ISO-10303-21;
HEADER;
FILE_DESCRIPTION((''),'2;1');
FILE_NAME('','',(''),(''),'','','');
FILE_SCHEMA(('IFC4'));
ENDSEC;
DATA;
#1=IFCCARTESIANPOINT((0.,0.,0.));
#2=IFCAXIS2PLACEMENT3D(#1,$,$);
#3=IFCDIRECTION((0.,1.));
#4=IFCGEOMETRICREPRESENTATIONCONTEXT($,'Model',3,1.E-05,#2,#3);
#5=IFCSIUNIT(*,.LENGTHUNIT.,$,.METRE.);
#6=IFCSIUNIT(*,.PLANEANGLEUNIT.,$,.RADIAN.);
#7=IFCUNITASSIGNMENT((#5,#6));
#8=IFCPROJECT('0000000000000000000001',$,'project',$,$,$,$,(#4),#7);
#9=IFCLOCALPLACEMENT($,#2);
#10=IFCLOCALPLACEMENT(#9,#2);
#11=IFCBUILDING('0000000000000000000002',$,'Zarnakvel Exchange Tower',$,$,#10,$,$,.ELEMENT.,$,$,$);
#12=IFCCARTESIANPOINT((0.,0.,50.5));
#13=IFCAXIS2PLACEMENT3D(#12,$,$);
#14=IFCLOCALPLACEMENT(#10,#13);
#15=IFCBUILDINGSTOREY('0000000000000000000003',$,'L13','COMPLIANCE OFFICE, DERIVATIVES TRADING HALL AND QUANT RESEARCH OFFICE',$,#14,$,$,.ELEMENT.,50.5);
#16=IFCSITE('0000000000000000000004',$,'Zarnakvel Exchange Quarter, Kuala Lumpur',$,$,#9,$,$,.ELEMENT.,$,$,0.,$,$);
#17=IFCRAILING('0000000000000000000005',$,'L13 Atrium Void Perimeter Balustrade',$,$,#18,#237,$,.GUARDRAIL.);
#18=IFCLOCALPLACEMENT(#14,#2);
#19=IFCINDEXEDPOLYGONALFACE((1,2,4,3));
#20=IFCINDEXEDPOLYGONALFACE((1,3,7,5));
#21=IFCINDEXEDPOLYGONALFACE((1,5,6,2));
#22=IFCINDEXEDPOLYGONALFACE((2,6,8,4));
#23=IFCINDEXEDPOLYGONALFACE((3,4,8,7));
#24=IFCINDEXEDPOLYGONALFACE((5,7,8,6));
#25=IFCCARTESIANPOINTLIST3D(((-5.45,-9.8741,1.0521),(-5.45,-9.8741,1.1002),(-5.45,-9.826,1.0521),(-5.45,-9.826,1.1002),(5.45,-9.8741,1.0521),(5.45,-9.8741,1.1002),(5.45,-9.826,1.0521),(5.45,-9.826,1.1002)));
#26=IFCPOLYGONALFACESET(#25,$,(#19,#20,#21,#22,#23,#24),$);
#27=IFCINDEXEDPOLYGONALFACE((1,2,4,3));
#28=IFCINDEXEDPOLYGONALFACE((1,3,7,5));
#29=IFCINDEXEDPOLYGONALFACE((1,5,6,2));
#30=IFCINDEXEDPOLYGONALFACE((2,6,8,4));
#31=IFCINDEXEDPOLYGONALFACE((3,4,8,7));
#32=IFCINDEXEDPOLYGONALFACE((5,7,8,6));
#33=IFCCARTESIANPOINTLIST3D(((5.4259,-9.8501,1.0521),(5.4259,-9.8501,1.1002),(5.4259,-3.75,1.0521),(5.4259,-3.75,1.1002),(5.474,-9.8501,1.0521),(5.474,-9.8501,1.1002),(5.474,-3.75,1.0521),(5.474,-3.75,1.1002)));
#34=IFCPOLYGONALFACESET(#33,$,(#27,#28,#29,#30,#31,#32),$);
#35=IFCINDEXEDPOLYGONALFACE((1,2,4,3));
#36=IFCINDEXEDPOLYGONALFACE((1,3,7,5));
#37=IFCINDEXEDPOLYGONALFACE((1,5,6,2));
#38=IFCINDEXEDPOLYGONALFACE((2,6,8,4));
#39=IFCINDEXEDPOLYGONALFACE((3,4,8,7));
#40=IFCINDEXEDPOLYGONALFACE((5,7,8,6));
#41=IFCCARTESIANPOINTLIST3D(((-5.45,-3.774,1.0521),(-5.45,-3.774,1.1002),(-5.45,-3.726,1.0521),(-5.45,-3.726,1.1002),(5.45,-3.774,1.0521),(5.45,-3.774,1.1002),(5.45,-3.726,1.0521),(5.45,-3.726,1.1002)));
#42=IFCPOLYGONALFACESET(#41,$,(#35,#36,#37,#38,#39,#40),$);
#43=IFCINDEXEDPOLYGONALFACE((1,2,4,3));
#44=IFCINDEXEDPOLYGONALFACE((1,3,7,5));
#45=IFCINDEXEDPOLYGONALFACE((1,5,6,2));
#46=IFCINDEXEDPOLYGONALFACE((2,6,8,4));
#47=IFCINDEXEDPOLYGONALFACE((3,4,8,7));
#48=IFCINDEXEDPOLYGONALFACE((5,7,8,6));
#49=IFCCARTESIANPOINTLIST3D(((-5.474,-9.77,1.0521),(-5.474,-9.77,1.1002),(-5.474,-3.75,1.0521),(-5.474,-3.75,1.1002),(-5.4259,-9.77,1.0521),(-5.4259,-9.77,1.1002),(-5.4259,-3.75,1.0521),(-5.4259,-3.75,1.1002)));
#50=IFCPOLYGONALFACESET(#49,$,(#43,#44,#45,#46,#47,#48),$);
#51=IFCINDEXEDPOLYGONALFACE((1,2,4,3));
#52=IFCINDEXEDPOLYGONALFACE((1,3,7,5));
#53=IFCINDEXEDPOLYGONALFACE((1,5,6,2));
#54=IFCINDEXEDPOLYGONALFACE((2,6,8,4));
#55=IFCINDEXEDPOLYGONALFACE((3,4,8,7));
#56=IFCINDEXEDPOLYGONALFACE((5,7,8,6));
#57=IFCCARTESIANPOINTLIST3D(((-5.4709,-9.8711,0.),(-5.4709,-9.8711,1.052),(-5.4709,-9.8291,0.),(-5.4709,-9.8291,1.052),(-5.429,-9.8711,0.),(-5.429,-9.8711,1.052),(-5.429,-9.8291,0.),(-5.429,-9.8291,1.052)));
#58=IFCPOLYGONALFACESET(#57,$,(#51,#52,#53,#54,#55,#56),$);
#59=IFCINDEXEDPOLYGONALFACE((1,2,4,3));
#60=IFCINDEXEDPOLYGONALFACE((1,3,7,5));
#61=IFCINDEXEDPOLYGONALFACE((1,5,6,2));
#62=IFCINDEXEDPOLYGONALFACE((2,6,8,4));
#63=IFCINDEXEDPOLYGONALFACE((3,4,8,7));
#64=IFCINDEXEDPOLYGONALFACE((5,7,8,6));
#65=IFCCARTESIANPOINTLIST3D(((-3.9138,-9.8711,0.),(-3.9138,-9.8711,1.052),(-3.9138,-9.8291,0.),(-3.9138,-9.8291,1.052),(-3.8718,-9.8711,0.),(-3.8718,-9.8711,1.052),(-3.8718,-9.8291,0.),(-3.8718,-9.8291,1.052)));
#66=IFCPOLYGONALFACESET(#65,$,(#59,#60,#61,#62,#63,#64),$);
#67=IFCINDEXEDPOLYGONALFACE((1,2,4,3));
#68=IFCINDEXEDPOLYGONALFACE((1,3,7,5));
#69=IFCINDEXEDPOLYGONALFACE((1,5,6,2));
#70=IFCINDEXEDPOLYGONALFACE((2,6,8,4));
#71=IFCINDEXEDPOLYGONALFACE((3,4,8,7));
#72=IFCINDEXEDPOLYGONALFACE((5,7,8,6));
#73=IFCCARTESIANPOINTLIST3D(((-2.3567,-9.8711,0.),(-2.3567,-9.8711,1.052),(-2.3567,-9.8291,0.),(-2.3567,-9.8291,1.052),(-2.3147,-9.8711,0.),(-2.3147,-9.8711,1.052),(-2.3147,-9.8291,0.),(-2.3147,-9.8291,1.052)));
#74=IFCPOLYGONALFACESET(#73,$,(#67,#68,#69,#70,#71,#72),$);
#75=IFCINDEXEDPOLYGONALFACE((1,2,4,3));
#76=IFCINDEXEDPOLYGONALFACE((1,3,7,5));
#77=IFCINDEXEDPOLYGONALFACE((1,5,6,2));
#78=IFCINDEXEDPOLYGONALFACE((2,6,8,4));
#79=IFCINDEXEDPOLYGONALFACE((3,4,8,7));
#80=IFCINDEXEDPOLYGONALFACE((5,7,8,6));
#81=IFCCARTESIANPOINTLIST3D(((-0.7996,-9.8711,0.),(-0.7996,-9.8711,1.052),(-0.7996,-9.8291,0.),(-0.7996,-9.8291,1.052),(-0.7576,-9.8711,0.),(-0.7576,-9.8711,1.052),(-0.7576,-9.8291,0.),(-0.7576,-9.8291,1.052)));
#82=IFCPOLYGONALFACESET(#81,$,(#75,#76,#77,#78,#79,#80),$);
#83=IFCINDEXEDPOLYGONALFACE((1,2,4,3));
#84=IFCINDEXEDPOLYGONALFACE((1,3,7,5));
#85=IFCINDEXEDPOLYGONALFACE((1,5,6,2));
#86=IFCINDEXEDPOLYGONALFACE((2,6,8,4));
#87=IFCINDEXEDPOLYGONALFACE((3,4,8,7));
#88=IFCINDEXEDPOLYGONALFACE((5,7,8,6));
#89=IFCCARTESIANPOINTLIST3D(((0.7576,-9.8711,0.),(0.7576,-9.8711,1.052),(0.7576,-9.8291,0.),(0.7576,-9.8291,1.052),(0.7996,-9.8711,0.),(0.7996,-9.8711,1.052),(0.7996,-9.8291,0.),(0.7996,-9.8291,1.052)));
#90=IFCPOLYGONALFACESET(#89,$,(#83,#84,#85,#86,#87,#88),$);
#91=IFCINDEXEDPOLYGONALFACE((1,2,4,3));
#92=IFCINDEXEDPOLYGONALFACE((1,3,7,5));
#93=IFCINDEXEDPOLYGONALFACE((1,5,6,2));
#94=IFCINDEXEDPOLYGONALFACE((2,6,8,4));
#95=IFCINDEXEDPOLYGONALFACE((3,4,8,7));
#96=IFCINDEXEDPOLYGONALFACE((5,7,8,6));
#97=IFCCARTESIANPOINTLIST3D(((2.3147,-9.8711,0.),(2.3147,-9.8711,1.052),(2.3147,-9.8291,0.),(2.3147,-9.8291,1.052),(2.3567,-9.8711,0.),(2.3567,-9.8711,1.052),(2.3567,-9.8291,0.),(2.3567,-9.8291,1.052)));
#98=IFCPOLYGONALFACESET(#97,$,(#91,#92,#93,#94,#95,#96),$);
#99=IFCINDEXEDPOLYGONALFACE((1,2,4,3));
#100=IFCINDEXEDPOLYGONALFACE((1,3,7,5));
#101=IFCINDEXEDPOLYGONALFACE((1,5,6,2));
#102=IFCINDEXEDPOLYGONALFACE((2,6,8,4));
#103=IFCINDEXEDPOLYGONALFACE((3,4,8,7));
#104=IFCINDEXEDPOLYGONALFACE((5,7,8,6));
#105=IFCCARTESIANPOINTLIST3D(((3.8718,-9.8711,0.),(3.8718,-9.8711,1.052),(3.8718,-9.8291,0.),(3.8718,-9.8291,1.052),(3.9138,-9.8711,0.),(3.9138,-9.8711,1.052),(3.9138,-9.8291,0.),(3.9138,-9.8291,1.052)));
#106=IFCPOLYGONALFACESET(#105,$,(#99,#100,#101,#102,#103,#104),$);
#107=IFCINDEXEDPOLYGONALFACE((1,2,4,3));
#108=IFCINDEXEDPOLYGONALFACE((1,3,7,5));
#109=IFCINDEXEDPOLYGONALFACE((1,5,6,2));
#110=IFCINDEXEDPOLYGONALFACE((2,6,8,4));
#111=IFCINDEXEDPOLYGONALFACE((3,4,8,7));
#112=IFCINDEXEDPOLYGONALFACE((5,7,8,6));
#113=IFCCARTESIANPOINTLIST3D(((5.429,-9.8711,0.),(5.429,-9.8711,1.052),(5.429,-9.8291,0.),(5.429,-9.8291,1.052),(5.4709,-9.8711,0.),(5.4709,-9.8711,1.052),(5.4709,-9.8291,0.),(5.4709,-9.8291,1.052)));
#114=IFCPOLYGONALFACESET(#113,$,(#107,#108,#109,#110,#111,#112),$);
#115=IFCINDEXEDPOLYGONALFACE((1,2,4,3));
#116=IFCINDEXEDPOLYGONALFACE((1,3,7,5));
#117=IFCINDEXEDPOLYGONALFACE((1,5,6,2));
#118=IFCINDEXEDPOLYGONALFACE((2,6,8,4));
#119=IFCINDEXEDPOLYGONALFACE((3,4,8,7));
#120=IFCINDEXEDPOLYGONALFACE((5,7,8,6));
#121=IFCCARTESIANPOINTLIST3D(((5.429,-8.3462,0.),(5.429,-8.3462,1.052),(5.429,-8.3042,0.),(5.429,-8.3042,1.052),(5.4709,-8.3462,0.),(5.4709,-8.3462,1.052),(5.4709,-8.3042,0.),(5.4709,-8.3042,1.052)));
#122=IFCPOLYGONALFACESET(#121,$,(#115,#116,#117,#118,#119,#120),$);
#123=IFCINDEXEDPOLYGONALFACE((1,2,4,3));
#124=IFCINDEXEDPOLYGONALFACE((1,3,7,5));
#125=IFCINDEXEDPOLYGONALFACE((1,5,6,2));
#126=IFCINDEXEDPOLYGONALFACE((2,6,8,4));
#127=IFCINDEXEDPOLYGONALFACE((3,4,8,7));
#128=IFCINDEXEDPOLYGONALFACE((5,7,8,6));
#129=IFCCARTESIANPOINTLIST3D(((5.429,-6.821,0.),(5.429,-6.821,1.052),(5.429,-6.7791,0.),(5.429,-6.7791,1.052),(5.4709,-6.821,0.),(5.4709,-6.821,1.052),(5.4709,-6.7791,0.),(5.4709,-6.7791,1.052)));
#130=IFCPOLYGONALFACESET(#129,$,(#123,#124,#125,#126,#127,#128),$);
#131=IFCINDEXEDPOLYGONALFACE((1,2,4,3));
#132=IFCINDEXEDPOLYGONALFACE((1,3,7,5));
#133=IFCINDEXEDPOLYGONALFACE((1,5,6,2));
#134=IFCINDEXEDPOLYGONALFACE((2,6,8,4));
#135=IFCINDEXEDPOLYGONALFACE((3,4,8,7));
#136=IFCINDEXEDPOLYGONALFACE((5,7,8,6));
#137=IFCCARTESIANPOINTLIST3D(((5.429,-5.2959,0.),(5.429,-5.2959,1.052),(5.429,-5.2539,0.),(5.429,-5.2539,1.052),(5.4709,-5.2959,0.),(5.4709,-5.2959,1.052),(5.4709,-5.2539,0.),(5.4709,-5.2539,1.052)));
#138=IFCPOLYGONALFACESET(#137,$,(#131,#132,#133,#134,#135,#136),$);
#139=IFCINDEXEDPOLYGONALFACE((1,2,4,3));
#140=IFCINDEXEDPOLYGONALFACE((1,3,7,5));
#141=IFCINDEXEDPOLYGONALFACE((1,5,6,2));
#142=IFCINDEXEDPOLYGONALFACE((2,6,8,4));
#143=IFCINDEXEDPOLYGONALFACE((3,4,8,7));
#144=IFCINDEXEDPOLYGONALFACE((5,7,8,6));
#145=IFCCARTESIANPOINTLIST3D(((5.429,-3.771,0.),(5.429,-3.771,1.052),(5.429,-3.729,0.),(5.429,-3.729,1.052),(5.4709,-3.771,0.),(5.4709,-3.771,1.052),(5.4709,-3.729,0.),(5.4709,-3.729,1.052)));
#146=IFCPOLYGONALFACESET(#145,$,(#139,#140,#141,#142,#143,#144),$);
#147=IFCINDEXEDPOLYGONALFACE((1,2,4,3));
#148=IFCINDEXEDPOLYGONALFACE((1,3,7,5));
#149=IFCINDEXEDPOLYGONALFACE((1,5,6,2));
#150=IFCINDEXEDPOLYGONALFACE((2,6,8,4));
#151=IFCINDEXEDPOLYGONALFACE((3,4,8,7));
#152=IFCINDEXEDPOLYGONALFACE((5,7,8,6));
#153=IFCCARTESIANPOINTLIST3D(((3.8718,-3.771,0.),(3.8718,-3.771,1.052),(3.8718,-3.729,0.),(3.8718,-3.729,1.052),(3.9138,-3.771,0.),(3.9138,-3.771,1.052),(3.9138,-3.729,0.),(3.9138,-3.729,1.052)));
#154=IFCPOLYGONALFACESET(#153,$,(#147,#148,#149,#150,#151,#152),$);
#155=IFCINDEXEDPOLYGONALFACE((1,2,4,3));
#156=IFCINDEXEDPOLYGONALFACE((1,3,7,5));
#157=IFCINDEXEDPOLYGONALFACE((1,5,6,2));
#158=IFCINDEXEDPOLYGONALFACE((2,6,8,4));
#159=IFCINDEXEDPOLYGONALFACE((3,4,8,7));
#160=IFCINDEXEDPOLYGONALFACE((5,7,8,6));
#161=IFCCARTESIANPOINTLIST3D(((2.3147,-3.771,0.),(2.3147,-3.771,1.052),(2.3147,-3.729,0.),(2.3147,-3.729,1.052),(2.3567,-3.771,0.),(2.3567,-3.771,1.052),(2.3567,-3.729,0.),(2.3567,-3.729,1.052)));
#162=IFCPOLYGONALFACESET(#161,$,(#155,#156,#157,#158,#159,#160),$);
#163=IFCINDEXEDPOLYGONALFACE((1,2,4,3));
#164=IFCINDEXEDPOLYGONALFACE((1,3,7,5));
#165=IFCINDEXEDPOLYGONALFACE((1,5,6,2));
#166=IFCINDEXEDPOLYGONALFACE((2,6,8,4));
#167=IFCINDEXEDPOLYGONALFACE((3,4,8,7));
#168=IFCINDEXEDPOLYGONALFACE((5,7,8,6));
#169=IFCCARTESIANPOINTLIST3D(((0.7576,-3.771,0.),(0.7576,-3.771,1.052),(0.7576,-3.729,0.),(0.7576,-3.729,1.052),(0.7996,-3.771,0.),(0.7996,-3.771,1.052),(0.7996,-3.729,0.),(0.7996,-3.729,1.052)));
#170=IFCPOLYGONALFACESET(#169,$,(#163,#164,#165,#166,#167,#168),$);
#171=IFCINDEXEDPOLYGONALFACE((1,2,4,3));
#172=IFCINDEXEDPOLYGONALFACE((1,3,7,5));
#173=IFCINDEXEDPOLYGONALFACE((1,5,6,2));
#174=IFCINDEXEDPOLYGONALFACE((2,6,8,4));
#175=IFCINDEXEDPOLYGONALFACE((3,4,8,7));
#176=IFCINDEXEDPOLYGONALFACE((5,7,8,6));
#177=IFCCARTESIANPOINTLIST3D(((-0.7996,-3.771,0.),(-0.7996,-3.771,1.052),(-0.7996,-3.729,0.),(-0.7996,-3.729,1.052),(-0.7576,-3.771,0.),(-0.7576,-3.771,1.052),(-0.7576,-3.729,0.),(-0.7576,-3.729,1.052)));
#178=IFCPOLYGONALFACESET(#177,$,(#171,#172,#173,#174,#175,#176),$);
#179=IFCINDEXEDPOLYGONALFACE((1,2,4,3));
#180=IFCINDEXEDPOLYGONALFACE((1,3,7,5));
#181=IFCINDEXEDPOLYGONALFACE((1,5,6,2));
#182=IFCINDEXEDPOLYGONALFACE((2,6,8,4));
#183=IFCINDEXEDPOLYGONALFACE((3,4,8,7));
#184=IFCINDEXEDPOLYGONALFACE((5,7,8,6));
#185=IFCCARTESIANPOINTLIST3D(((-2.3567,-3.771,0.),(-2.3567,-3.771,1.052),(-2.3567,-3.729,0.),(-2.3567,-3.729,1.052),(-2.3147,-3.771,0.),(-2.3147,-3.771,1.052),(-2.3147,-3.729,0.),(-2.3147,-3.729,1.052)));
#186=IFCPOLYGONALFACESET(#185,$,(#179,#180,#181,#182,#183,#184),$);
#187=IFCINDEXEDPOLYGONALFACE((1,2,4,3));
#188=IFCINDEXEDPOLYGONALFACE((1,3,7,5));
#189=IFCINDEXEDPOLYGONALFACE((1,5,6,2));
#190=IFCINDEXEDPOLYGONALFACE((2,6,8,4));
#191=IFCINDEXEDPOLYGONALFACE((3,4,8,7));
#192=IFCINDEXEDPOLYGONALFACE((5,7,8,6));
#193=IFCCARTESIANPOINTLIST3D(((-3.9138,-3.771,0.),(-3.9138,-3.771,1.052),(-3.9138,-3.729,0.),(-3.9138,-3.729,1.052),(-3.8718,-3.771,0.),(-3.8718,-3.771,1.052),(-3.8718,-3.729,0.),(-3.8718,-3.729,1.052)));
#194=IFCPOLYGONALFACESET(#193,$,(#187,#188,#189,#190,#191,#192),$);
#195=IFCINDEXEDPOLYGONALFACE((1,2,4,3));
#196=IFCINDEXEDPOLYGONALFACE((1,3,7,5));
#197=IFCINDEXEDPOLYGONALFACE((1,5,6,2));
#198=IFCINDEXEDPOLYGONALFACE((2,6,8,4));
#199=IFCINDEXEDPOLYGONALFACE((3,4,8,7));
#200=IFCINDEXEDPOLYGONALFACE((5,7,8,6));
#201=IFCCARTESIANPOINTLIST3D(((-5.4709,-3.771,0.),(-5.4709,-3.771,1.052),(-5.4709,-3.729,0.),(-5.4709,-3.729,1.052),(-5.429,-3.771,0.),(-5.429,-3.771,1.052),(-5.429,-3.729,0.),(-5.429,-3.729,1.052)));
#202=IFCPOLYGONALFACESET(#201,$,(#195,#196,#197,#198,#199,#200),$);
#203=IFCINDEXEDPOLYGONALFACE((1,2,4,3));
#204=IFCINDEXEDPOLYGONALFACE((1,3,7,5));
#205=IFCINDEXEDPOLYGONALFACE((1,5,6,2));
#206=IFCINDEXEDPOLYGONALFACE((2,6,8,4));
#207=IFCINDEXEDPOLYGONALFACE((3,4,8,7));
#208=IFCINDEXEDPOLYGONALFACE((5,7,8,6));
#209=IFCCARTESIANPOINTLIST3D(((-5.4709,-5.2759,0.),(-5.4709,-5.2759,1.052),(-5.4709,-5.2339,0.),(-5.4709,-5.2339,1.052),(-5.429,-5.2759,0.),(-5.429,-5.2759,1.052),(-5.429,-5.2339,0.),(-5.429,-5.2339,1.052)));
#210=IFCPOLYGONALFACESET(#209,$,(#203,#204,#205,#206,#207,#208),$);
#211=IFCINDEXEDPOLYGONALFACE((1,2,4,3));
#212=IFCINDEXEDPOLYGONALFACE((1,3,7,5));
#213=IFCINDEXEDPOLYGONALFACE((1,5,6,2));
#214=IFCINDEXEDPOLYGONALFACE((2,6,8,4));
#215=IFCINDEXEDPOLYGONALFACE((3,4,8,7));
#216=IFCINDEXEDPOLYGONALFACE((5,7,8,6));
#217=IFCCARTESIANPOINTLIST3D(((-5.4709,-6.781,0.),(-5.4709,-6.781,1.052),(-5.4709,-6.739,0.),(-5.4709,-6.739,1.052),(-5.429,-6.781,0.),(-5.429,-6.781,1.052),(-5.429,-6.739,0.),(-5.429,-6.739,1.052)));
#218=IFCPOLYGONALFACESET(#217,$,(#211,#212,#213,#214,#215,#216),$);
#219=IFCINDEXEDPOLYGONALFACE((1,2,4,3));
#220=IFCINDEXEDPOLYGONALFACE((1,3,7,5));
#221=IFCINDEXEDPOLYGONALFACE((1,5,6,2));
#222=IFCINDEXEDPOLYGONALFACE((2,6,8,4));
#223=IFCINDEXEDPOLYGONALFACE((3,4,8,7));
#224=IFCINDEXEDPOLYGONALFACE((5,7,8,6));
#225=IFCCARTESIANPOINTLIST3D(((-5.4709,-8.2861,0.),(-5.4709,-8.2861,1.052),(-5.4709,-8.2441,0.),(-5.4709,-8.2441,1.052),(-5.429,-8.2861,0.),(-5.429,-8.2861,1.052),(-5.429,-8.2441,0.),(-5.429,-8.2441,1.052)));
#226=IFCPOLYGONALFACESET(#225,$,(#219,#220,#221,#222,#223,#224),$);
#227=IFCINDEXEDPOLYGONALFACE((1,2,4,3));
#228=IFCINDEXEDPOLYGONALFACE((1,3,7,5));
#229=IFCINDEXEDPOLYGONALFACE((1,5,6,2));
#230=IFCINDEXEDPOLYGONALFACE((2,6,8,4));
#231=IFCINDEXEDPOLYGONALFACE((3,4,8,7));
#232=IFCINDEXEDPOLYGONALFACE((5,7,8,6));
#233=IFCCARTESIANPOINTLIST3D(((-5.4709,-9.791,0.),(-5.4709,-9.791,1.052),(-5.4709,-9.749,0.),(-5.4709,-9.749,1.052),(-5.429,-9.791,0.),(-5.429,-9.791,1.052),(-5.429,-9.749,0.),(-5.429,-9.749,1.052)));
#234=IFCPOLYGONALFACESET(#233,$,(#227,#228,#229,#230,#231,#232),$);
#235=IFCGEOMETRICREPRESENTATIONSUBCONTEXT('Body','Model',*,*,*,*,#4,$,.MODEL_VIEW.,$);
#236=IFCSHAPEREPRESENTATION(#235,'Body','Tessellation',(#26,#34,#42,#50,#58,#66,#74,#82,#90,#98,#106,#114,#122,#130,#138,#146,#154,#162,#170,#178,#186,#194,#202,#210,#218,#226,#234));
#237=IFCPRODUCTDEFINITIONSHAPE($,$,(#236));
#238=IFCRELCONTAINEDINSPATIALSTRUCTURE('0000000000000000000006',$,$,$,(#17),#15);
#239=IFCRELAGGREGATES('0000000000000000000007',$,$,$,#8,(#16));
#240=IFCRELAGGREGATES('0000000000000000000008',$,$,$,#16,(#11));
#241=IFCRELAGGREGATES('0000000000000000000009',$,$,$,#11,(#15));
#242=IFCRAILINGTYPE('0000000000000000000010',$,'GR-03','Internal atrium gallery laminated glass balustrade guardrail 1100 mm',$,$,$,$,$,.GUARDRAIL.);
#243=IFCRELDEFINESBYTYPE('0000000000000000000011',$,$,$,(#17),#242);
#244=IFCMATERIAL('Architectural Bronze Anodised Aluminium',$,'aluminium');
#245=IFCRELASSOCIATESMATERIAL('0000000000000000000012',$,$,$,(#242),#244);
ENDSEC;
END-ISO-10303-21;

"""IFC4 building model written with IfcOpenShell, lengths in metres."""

from ifc_helpers import new_model, si_unit, direction, frame, origin, origin_2d, place, context, subcontext, project, spatial, rectangle, extrude, material, type_object, element, save


model = new_model("IFC4")

# Units and contexts
model_context = context("Model", 3, precision=1e-05, world=origin(), true_north=direction((0.0, 1.0)))
body_context = subcontext(model_context, "Body", "Model", "MODEL_VIEW")
ifc_project = project(units=[si_unit("LENGTHUNIT", "METRE"), si_unit("PLANEANGLEUNIT", "RADIAN")], contexts=[model_context])

# Site, building, storey
site_placement = place(None, origin())
site = spatial("IfcSite", under=ifc_project, at=site_placement, Name="Zarnakvel Exchange Quarter, Kuala Lumpur", CompositionType="ELEMENT", RefElevation=0.0)
building_placement = place(site_placement, origin())
building = spatial("IfcBuilding", under=site, at=building_placement, Name="Zarnakvel Exchange Tower", CompositionType="ELEMENT")
storey_placement = place(building_placement, frame((0.0, 0.0, 50.5)))
storey = spatial("IfcBuildingStorey", under=building, at=storey_placement, Name="L13", Description="COMPLIANCE OFFICE, DERIVATIVES TRADING HALL AND QUANT RESEARCH OFFICE", CompositionType="ELEMENT", Elevation=50.5)

# Shared definitions
ifc_material_1 = material(Name="Architectural Bronze Anodised Aluminium", Category="aluminium")

# Railing
railing_type_1 = type_object("IfcRailingType", Name="GR-03", Description="Internal atrium gallery laminated glass balustrade guardrail 1100 mm", PredefinedType="GUARDRAIL", material=ifc_material_1)
railing_1_placement = place(storey_placement, frame((-5.45, -9.8501, 0.0)))
element("IfcRailing", 1, at=railing_1_placement, inside=storey, type_object=railing_type_1, Name="L13 Atrium Void Perimeter Balustrade", PredefinedType="GUARDRAIL", context=body_context, shape_type="SweptSolid", body=[
    extrude(rectangle(XDim=0.0481, YDim=0.0481, at=origin_2d()), frame((0.0, 0.0, 1.0762), z_axis=(1.0, 0.0, 0.0), x_axis=(0.0, 1.0, 0.0)), (0.0, 0.0, 1.0), 10.8999),
    extrude(rectangle(XDim=0.0481, YDim=0.0481, at=origin_2d()), frame((10.8999, 0.0, 1.0762), z_axis=(0.0, 1.0, 0.0), x_axis=(-1.0, 0.0, 0.0)), (0.0, 0.0, 1.0), 6.1001),
    extrude(rectangle(XDim=0.0481, YDim=0.0481, at=origin_2d()), frame((10.8999, 6.1001, 1.0762), z_axis=(-1.0, 0.0, 0.0), x_axis=(0.0, -1.0, 0.0)), (0.0, 0.0, 1.0), 10.8999),
    extrude(rectangle(XDim=0.0481, YDim=0.0481, at=origin_2d()), frame((0.0, 6.1001, 1.0762), z_axis=(0.0, -1.0, 0.0), x_axis=(1.0, 0.0, 0.0)), (0.0, 0.0, 1.0), 6.02),
    extrude(rectangle(XDim=0.042, YDim=0.042, at=origin_2d()), origin(), (0.0, 0.0, 1.0), 1.052),
    extrude(rectangle(XDim=0.042, YDim=0.042, at=origin_2d()), frame((1.5571, 0.0, 0.0)), (0.0, 0.0, 1.0), 1.052),
    extrude(rectangle(XDim=0.042, YDim=0.042, at=origin_2d()), frame((3.1143, 0.0, 0.0)), (0.0, 0.0, 1.0), 1.052),
    extrude(rectangle(XDim=0.042, YDim=0.042, at=origin_2d()), frame((4.6714, 0.0, 0.0)), (0.0, 0.0, 1.0), 1.052),
    extrude(rectangle(XDim=0.042, YDim=0.042, at=origin_2d()), frame((6.2285, 0.0, 0.0)), (0.0, 0.0, 1.0), 1.052),
    extrude(rectangle(XDim=0.042, YDim=0.042, at=origin_2d()), frame((7.7856, 0.0, 0.0)), (0.0, 0.0, 1.0), 1.052),
    extrude(rectangle(XDim=0.042, YDim=0.042, at=origin_2d()), frame((9.3428, 0.0, 0.0)), (0.0, 0.0, 1.0), 1.052),
    extrude(rectangle(XDim=0.042, YDim=0.042, at=origin_2d()), frame((10.8999, 0.0, 0.0)), (0.0, 0.0, 1.0), 1.052),
    extrude(rectangle(XDim=0.042, YDim=0.042, at=origin_2d()), frame((10.8999, 1.5249, 0.0)), (0.0, 0.0, 1.0), 1.052),
    extrude(rectangle(XDim=0.042, YDim=0.042, at=origin_2d()), frame((10.8999, 3.05, 0.0)), (0.0, 0.0, 1.0), 1.052),
    extrude(rectangle(XDim=0.042, YDim=0.042, at=origin_2d()), frame((10.8999, 4.5752, 0.0)), (0.0, 0.0, 1.0), 1.052),
    extrude(rectangle(XDim=0.042, YDim=0.042, at=origin_2d()), frame((10.8999, 6.1001, 0.0)), (0.0, 0.0, 1.0), 1.052),
    extrude(rectangle(XDim=0.042, YDim=0.042, at=origin_2d()), frame((9.3428, 6.1001, 0.0)), (0.0, 0.0, 1.0), 1.052),
    extrude(rectangle(XDim=0.042, YDim=0.042, at=origin_2d()), frame((7.7856, 6.1001, 0.0)), (0.0, 0.0, 1.0), 1.052),
    extrude(rectangle(XDim=0.042, YDim=0.042, at=origin_2d()), frame((6.2285, 6.1001, 0.0)), (0.0, 0.0, 1.0), 1.052),
    extrude(rectangle(XDim=0.042, YDim=0.042, at=origin_2d()), frame((4.6714, 6.1001, 0.0)), (0.0, 0.0, 1.0), 1.052),
    extrude(rectangle(XDim=0.042, YDim=0.042, at=origin_2d()), frame((3.1143, 6.1001, 0.0)), (0.0, 0.0, 1.0), 1.052),
    extrude(rectangle(XDim=0.042, YDim=0.042, at=origin_2d()), frame((1.5571, 6.1001, 0.0)), (0.0, 0.0, 1.0), 1.052),
    extrude(rectangle(XDim=0.042, YDim=0.042, at=origin_2d()), frame((0.0, 6.1001, 0.0)), (0.0, 0.0, 1.0), 1.052),
    extrude(rectangle(XDim=0.042, YDim=0.042, at=origin_2d()), frame((0.0, 4.5952, 0.0)), (0.0, 0.0, 1.0), 1.052),
    extrude(rectangle(XDim=0.042, YDim=0.042, at=origin_2d()), frame((0.0, 3.0901, 0.0)), (0.0, 0.0, 1.0), 1.052),
    extrude(rectangle(XDim=0.042, YDim=0.042, at=origin_2d()), frame((0.0, 1.585, 0.0)), (0.0, 0.0, 1.0), 1.052),
    extrude(rectangle(XDim=0.042, YDim=0.042, at=origin_2d()), frame((0.0, 0.0801, 0.0)), (0.0, 0.0, 1.0), 1.052),
])

save(model, "model.ifc")
